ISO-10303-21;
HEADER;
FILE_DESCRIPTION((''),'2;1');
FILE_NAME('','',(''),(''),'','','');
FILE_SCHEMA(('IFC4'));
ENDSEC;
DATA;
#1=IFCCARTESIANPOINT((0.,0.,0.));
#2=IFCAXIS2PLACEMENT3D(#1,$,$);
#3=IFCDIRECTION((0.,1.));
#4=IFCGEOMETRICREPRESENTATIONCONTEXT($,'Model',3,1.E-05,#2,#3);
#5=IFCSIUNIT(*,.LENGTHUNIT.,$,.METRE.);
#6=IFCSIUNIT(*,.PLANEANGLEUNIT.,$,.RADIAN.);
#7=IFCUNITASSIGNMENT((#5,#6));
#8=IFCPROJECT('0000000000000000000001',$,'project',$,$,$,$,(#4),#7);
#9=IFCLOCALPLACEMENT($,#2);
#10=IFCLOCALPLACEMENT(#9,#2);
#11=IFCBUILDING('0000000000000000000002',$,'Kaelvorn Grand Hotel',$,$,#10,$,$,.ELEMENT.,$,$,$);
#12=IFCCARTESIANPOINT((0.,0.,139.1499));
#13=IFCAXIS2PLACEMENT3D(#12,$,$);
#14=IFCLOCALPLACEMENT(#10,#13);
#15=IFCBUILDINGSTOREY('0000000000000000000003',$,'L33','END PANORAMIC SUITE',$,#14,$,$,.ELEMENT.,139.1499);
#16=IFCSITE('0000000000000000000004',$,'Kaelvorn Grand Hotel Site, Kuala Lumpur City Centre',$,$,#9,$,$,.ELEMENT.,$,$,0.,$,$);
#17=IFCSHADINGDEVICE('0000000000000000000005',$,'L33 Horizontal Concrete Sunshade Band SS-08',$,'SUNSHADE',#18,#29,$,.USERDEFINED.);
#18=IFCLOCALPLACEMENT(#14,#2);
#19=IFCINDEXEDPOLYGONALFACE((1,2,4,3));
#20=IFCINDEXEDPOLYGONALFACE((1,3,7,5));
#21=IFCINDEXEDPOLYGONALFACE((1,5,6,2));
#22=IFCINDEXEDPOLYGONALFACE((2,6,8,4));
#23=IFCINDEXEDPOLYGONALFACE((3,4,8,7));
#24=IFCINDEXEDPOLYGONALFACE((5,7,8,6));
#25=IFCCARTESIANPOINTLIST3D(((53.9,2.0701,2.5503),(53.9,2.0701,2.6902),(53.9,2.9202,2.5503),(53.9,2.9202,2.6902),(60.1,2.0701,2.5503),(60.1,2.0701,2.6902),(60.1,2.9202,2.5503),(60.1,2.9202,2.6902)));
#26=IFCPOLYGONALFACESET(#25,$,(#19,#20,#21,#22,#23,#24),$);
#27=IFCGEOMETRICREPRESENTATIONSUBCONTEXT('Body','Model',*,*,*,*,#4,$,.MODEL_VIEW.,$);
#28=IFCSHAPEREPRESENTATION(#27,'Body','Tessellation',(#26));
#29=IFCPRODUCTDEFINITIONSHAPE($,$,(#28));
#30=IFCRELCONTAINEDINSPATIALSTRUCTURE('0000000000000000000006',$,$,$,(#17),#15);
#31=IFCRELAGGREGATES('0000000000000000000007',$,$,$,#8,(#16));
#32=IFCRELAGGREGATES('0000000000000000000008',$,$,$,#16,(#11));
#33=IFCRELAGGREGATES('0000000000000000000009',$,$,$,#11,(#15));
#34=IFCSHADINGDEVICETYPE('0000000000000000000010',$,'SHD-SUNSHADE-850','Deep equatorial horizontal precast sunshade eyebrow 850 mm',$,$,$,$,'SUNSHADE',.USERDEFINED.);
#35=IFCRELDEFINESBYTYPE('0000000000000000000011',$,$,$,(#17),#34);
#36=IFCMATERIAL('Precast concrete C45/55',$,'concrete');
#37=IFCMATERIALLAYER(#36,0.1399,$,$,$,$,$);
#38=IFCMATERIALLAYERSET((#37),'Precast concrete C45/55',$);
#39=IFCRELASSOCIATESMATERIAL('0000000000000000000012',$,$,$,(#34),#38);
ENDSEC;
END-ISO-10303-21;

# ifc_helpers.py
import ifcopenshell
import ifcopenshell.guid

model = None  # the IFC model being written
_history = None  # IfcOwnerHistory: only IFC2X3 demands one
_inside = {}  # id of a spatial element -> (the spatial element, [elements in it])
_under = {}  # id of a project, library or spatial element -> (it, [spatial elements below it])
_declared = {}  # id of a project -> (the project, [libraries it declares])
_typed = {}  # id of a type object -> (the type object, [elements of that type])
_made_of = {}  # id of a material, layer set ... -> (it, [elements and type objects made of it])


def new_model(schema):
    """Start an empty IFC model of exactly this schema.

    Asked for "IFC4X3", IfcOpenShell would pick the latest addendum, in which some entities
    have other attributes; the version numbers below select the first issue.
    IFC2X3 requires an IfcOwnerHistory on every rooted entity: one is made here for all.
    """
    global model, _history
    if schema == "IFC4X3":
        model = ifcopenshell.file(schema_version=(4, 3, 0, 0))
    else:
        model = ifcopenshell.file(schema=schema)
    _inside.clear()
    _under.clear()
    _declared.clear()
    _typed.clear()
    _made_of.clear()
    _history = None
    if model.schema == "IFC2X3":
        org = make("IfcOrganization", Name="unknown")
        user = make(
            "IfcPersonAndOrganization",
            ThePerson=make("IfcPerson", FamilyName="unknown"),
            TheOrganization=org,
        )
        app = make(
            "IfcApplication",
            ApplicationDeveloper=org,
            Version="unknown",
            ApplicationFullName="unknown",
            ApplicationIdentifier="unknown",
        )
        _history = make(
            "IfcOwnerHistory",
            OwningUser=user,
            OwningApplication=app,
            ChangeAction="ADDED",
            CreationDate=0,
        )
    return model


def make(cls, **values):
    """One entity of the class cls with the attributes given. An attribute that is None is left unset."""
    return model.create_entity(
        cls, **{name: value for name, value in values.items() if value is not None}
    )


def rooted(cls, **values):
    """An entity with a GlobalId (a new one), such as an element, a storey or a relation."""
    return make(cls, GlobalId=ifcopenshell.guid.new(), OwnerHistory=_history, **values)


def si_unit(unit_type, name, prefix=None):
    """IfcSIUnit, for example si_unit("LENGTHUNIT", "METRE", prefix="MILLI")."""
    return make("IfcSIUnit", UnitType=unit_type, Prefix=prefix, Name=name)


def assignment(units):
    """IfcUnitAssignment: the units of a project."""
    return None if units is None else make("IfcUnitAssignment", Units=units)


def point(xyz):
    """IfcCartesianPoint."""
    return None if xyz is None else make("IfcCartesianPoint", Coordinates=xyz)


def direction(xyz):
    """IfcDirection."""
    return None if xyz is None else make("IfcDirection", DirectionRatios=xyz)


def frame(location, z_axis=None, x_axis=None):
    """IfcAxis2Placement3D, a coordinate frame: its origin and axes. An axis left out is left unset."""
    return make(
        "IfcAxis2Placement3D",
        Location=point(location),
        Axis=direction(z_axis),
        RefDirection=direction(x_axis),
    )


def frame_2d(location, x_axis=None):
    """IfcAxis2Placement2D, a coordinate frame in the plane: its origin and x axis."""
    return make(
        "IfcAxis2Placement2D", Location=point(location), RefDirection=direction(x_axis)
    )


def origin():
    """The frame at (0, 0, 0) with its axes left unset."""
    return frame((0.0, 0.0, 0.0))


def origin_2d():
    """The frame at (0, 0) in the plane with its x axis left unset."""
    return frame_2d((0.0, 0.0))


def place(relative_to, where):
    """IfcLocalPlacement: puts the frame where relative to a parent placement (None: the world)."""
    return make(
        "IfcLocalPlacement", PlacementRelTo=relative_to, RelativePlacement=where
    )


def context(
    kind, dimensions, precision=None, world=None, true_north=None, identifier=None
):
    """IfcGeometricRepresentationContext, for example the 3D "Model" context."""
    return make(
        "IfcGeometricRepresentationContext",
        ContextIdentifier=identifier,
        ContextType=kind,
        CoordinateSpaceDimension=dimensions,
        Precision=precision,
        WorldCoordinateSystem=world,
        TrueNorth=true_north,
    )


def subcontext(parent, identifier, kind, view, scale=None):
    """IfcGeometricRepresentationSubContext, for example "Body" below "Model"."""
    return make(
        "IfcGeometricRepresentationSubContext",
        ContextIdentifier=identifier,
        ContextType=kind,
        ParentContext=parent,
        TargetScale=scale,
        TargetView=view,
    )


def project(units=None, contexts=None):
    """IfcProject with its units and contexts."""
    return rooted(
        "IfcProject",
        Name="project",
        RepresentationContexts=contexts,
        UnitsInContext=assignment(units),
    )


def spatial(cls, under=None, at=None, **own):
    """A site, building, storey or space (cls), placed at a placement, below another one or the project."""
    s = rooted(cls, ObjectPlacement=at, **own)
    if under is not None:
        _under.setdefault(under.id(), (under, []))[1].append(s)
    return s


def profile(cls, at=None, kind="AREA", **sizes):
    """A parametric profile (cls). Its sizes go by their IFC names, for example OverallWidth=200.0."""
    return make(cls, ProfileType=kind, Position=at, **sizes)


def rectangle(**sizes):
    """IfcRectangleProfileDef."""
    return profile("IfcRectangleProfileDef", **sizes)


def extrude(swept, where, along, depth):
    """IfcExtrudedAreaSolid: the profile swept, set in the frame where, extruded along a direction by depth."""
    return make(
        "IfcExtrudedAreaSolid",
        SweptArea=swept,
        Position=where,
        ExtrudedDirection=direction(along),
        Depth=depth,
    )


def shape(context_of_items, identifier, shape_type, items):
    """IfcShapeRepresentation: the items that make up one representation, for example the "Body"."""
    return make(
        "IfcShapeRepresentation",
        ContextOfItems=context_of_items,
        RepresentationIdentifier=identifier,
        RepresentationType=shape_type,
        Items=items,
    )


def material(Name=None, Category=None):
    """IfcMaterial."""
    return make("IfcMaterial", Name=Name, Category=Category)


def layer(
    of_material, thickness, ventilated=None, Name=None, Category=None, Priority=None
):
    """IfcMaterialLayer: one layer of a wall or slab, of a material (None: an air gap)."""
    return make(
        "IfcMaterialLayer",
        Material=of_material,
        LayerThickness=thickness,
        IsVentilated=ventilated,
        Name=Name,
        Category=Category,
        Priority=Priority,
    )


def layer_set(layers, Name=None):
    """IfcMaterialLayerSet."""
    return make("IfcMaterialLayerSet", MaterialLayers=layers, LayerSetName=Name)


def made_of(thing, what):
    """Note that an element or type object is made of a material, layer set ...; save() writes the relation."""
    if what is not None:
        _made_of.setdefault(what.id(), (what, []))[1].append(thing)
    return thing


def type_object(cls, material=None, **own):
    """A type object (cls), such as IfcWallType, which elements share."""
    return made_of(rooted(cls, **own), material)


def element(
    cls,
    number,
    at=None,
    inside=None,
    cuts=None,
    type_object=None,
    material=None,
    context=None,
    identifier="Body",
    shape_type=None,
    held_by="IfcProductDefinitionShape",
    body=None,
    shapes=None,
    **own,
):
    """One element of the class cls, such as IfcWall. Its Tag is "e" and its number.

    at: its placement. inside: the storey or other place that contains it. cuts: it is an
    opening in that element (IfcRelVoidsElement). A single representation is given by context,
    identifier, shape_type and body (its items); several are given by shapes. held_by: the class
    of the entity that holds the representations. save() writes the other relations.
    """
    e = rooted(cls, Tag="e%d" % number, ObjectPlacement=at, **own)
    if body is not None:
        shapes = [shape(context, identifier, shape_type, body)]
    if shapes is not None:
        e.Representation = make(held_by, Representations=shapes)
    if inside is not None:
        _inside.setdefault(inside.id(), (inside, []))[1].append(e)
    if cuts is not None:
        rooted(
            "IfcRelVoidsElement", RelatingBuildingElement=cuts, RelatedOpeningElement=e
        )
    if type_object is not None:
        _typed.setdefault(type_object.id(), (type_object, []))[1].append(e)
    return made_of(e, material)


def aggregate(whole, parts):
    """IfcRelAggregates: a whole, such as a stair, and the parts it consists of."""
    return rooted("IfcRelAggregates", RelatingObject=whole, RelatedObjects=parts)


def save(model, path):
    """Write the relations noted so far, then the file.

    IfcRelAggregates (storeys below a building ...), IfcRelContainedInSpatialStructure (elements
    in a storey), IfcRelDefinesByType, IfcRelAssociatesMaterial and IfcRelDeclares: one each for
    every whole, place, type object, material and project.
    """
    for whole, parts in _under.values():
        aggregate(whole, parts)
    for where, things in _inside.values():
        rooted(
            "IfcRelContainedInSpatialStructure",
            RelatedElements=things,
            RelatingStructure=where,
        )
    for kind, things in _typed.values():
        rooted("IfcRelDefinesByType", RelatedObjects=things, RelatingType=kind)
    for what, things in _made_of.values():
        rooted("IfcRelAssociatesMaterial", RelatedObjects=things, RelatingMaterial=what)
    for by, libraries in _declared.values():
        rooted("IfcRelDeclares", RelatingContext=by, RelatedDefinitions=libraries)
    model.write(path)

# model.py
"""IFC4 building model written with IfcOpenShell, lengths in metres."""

from ifc_helpers import new_model, si_unit, direction, frame, origin, origin_2d, place, context, subcontext, project, spatial, rectangle, extrude, material, layer, layer_set, type_object, element, save


model = new_model("IFC4")

# Units and contexts
model_context = context("Model", 3, precision=1e-05, world=origin(), true_north=direction((0.0, 1.0)))
body_context = subcontext(model_context, "Body", "Model", "MODEL_VIEW")
ifc_project = project(units=[si_unit("LENGTHUNIT", "METRE"), si_unit("PLANEANGLEUNIT", "RADIAN")], contexts=[model_context])

# Site, building, storey
site_placement = place(None, origin())
site = spatial("IfcSite", under=ifc_project, at=site_placement, Name="Kaelvorn Grand Hotel Site, Kuala Lumpur City Centre", CompositionType="ELEMENT", RefElevation=0.0)
building_placement = place(site_placement, origin())
building = spatial("IfcBuilding", under=site, at=building_placement, Name="Kaelvorn Grand Hotel", CompositionType="ELEMENT")
storey_placement = place(building_placement, frame((0.0, 0.0, 139.1499)))
storey = spatial("IfcBuildingStorey", under=building, at=storey_placement, Name="L33", Description="END PANORAMIC SUITE", CompositionType="ELEMENT", Elevation=139.1499)

# Shading device
ifc_material_1 = material(Name="Precast concrete C45/55", Category="concrete")
ifc_layer_1 = layer(ifc_material_1, 0.1399)
ifc_layer_set_1 = layer_set([ifc_layer_1], Name="Precast concrete C45/55")
shading_device_type_1 = type_object("IfcShadingDeviceType", Name="SHD-SUNSHADE-850", Description="Deep equatorial horizontal precast sunshade eyebrow 850 mm", ElementType="SUNSHADE", PredefinedType="USERDEFINED", material=ifc_layer_set_1)
shading_device_placement = place(storey_placement, frame((57.0, 2.4951, 2.5503), z_axis=(0.0, 0.0, 1.0), x_axis=(1.0, 0.0, 0.0)))
element("IfcShadingDevice", 1, at=shading_device_placement, inside=storey, type_object=shading_device_type_1, Name="L33 Horizontal Concrete Sunshade Band SS-08", ObjectType="SUNSHADE", PredefinedType="USERDEFINED", context=body_context, shape_type="SweptSolid", body=[
    extrude(rectangle(XDim=6.2, YDim=0.8501, at=origin_2d()), origin(), (0.0, 0.0, 1.0), 0.1399),
])

save(model, "model.ifc")
